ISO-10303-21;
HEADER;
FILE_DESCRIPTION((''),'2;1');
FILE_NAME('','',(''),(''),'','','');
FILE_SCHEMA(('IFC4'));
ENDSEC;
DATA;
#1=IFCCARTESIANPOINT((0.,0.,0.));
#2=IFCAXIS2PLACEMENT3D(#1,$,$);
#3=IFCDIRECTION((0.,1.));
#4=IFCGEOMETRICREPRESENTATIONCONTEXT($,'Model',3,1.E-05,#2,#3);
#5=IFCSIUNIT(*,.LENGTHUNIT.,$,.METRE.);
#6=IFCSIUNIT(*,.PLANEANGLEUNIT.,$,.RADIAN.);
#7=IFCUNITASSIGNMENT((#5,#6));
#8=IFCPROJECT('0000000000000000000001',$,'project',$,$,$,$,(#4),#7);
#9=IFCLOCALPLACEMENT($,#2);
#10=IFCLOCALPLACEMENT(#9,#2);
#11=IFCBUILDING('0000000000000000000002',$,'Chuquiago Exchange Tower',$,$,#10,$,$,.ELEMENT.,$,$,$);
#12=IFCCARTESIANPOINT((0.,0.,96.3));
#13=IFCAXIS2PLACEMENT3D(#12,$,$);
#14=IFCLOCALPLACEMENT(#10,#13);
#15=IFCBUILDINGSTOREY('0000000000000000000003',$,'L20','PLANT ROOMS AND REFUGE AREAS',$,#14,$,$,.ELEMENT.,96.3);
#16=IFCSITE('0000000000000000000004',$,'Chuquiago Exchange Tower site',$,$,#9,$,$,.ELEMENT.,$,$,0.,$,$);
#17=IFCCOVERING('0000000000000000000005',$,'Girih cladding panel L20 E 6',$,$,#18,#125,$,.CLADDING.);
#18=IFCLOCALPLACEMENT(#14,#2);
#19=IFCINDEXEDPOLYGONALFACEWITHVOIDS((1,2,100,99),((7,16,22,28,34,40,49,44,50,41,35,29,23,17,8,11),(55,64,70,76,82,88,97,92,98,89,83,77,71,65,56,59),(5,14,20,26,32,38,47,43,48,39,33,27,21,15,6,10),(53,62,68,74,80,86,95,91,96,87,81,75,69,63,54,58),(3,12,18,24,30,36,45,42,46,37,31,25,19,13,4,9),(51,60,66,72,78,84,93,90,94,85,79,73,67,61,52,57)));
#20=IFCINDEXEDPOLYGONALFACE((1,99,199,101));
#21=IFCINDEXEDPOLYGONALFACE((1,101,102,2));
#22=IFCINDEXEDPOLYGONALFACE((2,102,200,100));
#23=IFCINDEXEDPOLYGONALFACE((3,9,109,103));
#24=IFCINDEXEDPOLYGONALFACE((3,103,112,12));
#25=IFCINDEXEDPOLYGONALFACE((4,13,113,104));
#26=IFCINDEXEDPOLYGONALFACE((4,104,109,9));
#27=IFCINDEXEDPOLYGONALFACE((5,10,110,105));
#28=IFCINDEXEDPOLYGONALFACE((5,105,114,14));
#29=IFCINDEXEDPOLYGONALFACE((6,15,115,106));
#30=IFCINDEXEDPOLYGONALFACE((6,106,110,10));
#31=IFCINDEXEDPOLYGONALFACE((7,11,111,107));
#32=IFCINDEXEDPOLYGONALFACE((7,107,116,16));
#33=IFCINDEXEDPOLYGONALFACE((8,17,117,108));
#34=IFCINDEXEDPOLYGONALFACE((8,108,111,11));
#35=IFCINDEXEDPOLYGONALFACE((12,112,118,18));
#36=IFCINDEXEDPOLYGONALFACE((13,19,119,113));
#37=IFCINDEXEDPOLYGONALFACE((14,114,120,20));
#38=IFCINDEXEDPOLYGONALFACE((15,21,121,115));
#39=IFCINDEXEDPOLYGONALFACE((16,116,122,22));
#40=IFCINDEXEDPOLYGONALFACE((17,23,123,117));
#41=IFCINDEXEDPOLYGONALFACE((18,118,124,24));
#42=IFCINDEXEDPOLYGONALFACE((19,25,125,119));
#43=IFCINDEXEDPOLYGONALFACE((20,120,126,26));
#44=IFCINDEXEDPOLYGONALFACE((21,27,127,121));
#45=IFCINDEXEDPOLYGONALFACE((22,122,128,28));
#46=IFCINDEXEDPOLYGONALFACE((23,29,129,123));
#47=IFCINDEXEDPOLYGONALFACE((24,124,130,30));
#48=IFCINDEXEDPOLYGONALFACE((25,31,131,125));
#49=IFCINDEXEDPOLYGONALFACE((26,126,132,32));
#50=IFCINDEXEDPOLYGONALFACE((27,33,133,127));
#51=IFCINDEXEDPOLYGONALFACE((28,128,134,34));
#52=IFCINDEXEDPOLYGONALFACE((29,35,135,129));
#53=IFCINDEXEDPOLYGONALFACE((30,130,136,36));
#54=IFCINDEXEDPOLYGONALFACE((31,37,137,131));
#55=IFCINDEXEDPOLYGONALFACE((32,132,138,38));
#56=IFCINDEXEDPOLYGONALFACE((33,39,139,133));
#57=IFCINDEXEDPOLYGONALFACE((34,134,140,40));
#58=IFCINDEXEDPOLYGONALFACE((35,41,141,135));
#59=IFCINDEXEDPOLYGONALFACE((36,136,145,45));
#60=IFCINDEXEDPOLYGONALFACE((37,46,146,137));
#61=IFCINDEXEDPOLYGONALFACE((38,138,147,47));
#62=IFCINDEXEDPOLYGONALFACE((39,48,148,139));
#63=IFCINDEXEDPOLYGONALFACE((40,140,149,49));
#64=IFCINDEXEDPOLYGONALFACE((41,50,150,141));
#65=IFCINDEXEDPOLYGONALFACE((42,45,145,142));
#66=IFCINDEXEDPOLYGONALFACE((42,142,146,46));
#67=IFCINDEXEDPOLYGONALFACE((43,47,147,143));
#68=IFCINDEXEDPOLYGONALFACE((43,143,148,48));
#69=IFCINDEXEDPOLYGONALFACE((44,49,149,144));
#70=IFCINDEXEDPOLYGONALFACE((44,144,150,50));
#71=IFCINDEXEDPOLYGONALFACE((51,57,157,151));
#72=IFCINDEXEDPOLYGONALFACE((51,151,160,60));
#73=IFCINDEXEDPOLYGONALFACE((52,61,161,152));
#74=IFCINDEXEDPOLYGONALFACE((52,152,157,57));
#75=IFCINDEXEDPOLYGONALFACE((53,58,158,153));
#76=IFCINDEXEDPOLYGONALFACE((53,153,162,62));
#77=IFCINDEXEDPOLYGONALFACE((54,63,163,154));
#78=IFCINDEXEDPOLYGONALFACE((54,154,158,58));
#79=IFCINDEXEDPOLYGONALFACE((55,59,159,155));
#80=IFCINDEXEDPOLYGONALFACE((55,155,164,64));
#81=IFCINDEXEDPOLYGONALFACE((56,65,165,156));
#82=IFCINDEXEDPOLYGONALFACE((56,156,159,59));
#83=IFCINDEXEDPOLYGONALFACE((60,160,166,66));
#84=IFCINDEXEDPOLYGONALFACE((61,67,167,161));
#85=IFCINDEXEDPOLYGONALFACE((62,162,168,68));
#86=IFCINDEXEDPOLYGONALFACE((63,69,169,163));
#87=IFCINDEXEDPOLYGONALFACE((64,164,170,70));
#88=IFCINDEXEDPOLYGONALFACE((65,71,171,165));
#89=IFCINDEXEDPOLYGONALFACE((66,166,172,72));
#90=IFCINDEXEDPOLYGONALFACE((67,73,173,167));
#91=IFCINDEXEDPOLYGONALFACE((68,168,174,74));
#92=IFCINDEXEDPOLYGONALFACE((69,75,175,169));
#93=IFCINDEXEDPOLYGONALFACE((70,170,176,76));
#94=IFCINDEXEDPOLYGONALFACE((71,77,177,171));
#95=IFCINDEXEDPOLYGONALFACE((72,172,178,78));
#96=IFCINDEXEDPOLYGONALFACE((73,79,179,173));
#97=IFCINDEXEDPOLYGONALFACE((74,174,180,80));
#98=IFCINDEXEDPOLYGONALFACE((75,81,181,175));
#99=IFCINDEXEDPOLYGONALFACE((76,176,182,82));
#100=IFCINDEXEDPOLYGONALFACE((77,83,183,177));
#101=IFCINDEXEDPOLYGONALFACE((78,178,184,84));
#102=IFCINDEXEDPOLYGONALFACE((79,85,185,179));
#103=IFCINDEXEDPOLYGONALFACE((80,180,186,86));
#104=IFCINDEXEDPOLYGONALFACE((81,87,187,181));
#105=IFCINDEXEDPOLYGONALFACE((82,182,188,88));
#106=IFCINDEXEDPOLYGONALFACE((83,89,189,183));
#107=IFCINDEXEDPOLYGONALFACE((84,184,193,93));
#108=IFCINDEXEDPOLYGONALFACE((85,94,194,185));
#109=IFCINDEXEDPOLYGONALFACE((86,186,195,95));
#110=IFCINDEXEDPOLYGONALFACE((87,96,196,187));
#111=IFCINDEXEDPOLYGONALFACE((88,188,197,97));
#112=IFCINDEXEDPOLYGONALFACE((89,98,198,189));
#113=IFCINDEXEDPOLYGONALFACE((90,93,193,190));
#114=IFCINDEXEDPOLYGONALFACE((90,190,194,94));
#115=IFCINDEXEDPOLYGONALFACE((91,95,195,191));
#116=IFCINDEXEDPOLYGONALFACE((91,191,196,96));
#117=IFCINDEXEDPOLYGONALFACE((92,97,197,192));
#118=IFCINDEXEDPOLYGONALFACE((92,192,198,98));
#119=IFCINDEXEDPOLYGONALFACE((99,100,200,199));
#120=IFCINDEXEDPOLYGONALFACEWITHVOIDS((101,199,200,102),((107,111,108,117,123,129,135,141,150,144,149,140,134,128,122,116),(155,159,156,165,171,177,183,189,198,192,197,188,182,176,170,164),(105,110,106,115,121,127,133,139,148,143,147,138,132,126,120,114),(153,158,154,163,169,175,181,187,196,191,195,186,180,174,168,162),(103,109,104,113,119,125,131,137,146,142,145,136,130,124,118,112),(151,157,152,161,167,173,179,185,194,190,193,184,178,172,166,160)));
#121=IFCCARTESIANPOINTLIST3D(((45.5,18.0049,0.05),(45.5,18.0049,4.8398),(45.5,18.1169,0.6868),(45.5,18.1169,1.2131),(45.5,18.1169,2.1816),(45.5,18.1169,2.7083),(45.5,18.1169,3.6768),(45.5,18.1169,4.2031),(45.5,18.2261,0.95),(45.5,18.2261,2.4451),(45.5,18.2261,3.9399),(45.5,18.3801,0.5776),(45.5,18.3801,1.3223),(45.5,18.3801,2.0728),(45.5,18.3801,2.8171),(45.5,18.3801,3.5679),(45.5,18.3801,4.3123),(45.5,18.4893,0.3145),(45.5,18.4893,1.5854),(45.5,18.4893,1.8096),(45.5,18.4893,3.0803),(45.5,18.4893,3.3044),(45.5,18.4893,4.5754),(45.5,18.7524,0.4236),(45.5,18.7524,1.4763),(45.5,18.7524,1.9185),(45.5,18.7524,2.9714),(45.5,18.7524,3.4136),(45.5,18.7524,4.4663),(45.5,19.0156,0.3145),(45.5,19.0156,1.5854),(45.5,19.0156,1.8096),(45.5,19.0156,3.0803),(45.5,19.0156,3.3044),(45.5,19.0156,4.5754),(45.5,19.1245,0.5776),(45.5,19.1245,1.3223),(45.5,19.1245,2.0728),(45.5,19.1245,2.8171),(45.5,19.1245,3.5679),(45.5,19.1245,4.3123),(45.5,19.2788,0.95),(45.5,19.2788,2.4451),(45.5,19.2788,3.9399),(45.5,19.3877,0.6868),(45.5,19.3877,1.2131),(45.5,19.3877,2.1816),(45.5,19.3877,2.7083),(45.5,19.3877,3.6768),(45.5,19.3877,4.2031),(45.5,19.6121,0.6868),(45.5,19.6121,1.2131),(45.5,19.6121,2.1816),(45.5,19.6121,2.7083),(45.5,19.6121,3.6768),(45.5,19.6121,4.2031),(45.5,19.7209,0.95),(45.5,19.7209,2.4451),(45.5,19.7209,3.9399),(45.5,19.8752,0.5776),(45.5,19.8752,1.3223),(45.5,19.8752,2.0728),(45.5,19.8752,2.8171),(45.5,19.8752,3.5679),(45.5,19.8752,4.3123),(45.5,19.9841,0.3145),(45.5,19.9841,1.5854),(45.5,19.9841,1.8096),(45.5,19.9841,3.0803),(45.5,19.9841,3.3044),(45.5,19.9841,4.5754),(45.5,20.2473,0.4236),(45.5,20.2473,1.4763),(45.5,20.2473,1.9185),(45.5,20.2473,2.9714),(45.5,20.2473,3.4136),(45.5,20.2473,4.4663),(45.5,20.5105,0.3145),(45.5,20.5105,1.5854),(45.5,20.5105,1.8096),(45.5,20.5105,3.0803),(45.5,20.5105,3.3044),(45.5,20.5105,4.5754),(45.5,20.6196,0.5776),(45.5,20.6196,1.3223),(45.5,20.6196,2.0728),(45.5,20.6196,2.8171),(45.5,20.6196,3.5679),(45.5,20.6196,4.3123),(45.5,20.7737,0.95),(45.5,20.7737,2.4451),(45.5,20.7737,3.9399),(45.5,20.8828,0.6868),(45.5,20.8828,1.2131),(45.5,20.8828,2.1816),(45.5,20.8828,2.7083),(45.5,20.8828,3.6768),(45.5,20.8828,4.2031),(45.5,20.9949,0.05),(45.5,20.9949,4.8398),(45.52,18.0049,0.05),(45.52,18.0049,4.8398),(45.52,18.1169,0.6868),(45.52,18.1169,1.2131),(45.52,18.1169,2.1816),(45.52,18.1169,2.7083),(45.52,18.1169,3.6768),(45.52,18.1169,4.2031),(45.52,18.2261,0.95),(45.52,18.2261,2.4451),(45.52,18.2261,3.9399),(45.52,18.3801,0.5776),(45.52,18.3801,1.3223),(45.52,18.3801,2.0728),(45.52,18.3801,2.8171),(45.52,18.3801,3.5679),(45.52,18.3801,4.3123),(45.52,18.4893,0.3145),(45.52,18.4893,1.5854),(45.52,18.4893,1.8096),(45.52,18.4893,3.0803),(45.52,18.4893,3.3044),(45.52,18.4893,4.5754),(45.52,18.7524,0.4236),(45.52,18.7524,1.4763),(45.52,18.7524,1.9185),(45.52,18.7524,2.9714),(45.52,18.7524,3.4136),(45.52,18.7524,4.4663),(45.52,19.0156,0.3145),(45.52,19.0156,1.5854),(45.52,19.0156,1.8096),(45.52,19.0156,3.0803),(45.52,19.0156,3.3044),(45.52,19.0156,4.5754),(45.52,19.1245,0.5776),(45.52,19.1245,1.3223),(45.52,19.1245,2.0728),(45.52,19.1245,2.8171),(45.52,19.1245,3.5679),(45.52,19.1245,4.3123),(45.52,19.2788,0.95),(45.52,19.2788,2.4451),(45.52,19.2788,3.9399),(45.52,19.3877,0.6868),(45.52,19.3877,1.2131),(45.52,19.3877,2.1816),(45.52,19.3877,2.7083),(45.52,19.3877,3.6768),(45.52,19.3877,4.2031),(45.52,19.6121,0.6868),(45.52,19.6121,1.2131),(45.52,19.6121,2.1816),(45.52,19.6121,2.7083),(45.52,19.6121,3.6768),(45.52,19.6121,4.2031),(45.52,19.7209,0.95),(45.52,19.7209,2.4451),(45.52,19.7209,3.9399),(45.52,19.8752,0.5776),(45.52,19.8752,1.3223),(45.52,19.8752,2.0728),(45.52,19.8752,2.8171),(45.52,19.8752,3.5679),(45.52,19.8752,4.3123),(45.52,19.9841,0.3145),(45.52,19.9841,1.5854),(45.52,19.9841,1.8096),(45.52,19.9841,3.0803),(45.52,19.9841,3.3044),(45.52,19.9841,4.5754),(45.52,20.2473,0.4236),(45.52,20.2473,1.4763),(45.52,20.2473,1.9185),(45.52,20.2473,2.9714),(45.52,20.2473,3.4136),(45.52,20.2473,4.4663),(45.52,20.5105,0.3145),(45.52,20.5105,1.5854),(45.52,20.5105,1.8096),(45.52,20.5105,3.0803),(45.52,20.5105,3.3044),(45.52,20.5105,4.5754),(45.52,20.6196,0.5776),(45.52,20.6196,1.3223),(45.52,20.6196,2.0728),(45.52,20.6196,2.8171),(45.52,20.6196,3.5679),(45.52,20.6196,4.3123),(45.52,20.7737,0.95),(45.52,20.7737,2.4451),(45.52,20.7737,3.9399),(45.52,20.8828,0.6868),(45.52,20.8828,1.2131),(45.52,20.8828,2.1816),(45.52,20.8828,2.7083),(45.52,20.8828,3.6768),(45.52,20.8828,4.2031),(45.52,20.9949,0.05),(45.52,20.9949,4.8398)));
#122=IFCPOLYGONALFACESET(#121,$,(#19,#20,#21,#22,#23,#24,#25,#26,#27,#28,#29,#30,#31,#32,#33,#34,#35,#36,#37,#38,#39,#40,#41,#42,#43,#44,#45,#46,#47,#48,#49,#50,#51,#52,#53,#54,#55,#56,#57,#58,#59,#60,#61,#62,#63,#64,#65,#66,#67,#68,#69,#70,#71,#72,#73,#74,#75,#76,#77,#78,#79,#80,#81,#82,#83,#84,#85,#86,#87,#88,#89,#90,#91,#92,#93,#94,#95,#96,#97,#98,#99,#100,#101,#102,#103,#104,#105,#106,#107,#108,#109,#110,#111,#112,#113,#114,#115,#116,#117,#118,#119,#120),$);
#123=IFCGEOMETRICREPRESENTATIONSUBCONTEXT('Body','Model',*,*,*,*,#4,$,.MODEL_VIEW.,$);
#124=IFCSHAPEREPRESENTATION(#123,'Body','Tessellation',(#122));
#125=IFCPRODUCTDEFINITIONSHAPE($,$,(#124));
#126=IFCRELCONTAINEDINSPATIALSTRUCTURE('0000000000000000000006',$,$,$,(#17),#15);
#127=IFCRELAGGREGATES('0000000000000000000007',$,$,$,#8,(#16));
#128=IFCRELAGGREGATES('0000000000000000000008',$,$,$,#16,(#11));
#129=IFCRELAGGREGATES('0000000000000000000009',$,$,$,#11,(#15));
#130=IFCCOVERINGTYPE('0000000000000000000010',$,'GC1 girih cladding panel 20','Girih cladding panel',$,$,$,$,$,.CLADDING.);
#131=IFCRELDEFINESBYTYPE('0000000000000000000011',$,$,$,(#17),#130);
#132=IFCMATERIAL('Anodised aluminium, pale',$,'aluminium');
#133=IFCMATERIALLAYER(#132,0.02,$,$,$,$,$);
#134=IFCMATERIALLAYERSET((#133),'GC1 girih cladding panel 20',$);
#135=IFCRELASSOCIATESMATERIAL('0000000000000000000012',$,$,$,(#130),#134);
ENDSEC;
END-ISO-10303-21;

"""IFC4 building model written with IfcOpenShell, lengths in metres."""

from ifc_helpers import new_model, si_unit, direction, frame, origin, place, context, subcontext, project, spatial, polyline, outline, extrude, material, layer, layer_set, type_object, element, save


model = new_model("IFC4")

# Units and contexts
model_context = context("Model", 3, precision=1e-05, world=origin(), true_north=direction((0.0, 1.0)))
body_context = subcontext(model_context, "Body", "Model", "MODEL_VIEW")
ifc_project = project(units=[si_unit("LENGTHUNIT", "METRE"), si_unit("PLANEANGLEUNIT", "RADIAN")], contexts=[model_context])

# Site, building, storey
site_placement = place(None, origin())
site = spatial("IfcSite", under=ifc_project, at=site_placement, Name="Chuquiago Exchange Tower site", CompositionType="ELEMENT", RefElevation=0.0)
building_placement = place(site_placement, origin())
building = spatial("IfcBuilding", under=site, at=building_placement, Name="Chuquiago Exchange Tower", CompositionType="ELEMENT")
storey_placement = place(building_placement, frame((0.0, 0.0, 96.3)))
storey = spatial("IfcBuildingStorey", under=building, at=storey_placement, Name="L20", Description="PLANT ROOMS AND REFUGE AREAS", CompositionType="ELEMENT", Elevation=96.3)

# Covering
ifc_material_1 = material(Name="Anodised aluminium, pale", Category="aluminium")
ifc_layer_1 = layer(ifc_material_1, 0.02)
ifc_layer_set_1 = layer_set([ifc_layer_1], Name="GC1 girih cladding panel 20")
covering_type = type_object("IfcCoveringType", Name="GC1 girih cladding panel 20", Description="Girih cladding panel", PredefinedType="CLADDING", material=ifc_layer_set_1)
covering_1_placement = place(storey_placement, frame((45.5, 18.0049, 0.05), z_axis=(0.0, 0.0, 1.0), x_axis=(0.0, 1.0, 0.0)))
element("IfcCovering", 1, at=covering_1_placement, inside=storey, type_object=covering_type, Name="Girih cladding panel L20 E 6", PredefinedType="CLADDING", context=body_context, shape_type="SweptSolid", body=[
    extrude(outline(polyline([(0.0, 0.0), (2.99, 0.0), (2.99, 4.7898), (0.0, 4.7898), (0.0, 0.0)]), holes=[polyline([(1.2739, 0.8999), (1.3828, 1.1631), (1.1196, 1.2722), (1.0107, 1.5354), (0.7476, 1.4263), (0.4844, 1.5354), (0.3752, 1.2722), (0.1121, 1.1631), (0.2212, 0.8999), (0.1121, 0.6367), (0.3752, 0.5276), (0.4844, 0.2644), (0.7476, 0.3735), (1.0107, 0.2644), (1.1196, 0.5276), (1.3828, 0.6367), (1.2739, 0.8999)]), polyline([(2.7688, 0.8999), (2.8779, 1.1631), (2.6147, 1.2722), (2.5056, 1.5354), (2.2424, 1.4263), (1.9792, 1.5354), (1.8704, 1.2722), (1.6072, 1.1631), (1.7161, 0.8999), (1.6072, 0.6367), (1.8704, 0.5276), (1.9792, 0.2644), (2.2424, 0.3735), (2.5056, 0.2644), (2.6147, 0.5276), (2.8779, 0.6367), (2.7688, 0.8999)]), polyline([(1.2739, 2.395), (1.3828, 2.6582), (1.1196, 2.7671), (1.0107, 3.0303), (0.7476, 2.9214), (0.4844, 3.0303), (0.3752, 2.7671), (0.1121, 2.6582), (0.2212, 2.395), (0.1121, 2.1316), (0.3752, 2.0227), (0.4844, 1.7595), (0.7476, 1.8684), (1.0107, 1.7595), (1.1196, 2.0227), (1.3828, 2.1316), (1.2739, 2.395)]), polyline([(2.7688, 2.395), (2.8779, 2.6582), (2.6147, 2.7671), (2.5056, 3.0303), (2.2424, 2.9214), (1.9792, 3.0303), (1.8704, 2.7671), (1.6072, 2.6582), (1.7161, 2.395), (1.6072, 2.1316), (1.8704, 2.0227), (1.9792, 1.7595), (2.2424, 1.8684), (2.5056, 1.7595), (2.6147, 2.0227), (2.8779, 2.1316), (2.7688, 2.395)]), polyline([(1.2739, 3.8899), (1.3828, 4.1531), (1.1196, 4.2622), (1.0107, 4.5254), (0.7476, 4.4163), (0.4844, 4.5254), (0.3752, 4.2622), (0.1121, 4.1531), (0.2212, 3.8899), (0.1121, 3.6267), (0.3752, 3.5178), (0.4844, 3.2544), (0.7476, 3.3635), (1.0107, 3.2544), (1.1196, 3.5178), (1.3828, 3.6267), (1.2739, 3.8899)]), polyline([(2.7688, 3.8899), (2.8779, 4.1531), (2.6147, 4.2622), (2.5056, 4.5254), (2.2424, 4.4163), (1.9792, 4.5254), (1.8704, 4.2622), (1.6072, 4.1531), (1.7161, 3.8899), (1.6072, 3.6267), (1.8704, 3.5178), (1.9792, 3.2544), (2.2424, 3.3635), (2.5056, 3.2544), (2.6147, 3.5178), (2.8779, 3.6267), (2.7688, 3.8899)])]), frame((0.0, 0.0, 0.0), z_axis=(0.0, -1.0, 0.0), x_axis=(1.0, 0.0, 0.0)), (0.0, 0.0, 1.0), 0.02),
])

save(model, "model.ifc")
